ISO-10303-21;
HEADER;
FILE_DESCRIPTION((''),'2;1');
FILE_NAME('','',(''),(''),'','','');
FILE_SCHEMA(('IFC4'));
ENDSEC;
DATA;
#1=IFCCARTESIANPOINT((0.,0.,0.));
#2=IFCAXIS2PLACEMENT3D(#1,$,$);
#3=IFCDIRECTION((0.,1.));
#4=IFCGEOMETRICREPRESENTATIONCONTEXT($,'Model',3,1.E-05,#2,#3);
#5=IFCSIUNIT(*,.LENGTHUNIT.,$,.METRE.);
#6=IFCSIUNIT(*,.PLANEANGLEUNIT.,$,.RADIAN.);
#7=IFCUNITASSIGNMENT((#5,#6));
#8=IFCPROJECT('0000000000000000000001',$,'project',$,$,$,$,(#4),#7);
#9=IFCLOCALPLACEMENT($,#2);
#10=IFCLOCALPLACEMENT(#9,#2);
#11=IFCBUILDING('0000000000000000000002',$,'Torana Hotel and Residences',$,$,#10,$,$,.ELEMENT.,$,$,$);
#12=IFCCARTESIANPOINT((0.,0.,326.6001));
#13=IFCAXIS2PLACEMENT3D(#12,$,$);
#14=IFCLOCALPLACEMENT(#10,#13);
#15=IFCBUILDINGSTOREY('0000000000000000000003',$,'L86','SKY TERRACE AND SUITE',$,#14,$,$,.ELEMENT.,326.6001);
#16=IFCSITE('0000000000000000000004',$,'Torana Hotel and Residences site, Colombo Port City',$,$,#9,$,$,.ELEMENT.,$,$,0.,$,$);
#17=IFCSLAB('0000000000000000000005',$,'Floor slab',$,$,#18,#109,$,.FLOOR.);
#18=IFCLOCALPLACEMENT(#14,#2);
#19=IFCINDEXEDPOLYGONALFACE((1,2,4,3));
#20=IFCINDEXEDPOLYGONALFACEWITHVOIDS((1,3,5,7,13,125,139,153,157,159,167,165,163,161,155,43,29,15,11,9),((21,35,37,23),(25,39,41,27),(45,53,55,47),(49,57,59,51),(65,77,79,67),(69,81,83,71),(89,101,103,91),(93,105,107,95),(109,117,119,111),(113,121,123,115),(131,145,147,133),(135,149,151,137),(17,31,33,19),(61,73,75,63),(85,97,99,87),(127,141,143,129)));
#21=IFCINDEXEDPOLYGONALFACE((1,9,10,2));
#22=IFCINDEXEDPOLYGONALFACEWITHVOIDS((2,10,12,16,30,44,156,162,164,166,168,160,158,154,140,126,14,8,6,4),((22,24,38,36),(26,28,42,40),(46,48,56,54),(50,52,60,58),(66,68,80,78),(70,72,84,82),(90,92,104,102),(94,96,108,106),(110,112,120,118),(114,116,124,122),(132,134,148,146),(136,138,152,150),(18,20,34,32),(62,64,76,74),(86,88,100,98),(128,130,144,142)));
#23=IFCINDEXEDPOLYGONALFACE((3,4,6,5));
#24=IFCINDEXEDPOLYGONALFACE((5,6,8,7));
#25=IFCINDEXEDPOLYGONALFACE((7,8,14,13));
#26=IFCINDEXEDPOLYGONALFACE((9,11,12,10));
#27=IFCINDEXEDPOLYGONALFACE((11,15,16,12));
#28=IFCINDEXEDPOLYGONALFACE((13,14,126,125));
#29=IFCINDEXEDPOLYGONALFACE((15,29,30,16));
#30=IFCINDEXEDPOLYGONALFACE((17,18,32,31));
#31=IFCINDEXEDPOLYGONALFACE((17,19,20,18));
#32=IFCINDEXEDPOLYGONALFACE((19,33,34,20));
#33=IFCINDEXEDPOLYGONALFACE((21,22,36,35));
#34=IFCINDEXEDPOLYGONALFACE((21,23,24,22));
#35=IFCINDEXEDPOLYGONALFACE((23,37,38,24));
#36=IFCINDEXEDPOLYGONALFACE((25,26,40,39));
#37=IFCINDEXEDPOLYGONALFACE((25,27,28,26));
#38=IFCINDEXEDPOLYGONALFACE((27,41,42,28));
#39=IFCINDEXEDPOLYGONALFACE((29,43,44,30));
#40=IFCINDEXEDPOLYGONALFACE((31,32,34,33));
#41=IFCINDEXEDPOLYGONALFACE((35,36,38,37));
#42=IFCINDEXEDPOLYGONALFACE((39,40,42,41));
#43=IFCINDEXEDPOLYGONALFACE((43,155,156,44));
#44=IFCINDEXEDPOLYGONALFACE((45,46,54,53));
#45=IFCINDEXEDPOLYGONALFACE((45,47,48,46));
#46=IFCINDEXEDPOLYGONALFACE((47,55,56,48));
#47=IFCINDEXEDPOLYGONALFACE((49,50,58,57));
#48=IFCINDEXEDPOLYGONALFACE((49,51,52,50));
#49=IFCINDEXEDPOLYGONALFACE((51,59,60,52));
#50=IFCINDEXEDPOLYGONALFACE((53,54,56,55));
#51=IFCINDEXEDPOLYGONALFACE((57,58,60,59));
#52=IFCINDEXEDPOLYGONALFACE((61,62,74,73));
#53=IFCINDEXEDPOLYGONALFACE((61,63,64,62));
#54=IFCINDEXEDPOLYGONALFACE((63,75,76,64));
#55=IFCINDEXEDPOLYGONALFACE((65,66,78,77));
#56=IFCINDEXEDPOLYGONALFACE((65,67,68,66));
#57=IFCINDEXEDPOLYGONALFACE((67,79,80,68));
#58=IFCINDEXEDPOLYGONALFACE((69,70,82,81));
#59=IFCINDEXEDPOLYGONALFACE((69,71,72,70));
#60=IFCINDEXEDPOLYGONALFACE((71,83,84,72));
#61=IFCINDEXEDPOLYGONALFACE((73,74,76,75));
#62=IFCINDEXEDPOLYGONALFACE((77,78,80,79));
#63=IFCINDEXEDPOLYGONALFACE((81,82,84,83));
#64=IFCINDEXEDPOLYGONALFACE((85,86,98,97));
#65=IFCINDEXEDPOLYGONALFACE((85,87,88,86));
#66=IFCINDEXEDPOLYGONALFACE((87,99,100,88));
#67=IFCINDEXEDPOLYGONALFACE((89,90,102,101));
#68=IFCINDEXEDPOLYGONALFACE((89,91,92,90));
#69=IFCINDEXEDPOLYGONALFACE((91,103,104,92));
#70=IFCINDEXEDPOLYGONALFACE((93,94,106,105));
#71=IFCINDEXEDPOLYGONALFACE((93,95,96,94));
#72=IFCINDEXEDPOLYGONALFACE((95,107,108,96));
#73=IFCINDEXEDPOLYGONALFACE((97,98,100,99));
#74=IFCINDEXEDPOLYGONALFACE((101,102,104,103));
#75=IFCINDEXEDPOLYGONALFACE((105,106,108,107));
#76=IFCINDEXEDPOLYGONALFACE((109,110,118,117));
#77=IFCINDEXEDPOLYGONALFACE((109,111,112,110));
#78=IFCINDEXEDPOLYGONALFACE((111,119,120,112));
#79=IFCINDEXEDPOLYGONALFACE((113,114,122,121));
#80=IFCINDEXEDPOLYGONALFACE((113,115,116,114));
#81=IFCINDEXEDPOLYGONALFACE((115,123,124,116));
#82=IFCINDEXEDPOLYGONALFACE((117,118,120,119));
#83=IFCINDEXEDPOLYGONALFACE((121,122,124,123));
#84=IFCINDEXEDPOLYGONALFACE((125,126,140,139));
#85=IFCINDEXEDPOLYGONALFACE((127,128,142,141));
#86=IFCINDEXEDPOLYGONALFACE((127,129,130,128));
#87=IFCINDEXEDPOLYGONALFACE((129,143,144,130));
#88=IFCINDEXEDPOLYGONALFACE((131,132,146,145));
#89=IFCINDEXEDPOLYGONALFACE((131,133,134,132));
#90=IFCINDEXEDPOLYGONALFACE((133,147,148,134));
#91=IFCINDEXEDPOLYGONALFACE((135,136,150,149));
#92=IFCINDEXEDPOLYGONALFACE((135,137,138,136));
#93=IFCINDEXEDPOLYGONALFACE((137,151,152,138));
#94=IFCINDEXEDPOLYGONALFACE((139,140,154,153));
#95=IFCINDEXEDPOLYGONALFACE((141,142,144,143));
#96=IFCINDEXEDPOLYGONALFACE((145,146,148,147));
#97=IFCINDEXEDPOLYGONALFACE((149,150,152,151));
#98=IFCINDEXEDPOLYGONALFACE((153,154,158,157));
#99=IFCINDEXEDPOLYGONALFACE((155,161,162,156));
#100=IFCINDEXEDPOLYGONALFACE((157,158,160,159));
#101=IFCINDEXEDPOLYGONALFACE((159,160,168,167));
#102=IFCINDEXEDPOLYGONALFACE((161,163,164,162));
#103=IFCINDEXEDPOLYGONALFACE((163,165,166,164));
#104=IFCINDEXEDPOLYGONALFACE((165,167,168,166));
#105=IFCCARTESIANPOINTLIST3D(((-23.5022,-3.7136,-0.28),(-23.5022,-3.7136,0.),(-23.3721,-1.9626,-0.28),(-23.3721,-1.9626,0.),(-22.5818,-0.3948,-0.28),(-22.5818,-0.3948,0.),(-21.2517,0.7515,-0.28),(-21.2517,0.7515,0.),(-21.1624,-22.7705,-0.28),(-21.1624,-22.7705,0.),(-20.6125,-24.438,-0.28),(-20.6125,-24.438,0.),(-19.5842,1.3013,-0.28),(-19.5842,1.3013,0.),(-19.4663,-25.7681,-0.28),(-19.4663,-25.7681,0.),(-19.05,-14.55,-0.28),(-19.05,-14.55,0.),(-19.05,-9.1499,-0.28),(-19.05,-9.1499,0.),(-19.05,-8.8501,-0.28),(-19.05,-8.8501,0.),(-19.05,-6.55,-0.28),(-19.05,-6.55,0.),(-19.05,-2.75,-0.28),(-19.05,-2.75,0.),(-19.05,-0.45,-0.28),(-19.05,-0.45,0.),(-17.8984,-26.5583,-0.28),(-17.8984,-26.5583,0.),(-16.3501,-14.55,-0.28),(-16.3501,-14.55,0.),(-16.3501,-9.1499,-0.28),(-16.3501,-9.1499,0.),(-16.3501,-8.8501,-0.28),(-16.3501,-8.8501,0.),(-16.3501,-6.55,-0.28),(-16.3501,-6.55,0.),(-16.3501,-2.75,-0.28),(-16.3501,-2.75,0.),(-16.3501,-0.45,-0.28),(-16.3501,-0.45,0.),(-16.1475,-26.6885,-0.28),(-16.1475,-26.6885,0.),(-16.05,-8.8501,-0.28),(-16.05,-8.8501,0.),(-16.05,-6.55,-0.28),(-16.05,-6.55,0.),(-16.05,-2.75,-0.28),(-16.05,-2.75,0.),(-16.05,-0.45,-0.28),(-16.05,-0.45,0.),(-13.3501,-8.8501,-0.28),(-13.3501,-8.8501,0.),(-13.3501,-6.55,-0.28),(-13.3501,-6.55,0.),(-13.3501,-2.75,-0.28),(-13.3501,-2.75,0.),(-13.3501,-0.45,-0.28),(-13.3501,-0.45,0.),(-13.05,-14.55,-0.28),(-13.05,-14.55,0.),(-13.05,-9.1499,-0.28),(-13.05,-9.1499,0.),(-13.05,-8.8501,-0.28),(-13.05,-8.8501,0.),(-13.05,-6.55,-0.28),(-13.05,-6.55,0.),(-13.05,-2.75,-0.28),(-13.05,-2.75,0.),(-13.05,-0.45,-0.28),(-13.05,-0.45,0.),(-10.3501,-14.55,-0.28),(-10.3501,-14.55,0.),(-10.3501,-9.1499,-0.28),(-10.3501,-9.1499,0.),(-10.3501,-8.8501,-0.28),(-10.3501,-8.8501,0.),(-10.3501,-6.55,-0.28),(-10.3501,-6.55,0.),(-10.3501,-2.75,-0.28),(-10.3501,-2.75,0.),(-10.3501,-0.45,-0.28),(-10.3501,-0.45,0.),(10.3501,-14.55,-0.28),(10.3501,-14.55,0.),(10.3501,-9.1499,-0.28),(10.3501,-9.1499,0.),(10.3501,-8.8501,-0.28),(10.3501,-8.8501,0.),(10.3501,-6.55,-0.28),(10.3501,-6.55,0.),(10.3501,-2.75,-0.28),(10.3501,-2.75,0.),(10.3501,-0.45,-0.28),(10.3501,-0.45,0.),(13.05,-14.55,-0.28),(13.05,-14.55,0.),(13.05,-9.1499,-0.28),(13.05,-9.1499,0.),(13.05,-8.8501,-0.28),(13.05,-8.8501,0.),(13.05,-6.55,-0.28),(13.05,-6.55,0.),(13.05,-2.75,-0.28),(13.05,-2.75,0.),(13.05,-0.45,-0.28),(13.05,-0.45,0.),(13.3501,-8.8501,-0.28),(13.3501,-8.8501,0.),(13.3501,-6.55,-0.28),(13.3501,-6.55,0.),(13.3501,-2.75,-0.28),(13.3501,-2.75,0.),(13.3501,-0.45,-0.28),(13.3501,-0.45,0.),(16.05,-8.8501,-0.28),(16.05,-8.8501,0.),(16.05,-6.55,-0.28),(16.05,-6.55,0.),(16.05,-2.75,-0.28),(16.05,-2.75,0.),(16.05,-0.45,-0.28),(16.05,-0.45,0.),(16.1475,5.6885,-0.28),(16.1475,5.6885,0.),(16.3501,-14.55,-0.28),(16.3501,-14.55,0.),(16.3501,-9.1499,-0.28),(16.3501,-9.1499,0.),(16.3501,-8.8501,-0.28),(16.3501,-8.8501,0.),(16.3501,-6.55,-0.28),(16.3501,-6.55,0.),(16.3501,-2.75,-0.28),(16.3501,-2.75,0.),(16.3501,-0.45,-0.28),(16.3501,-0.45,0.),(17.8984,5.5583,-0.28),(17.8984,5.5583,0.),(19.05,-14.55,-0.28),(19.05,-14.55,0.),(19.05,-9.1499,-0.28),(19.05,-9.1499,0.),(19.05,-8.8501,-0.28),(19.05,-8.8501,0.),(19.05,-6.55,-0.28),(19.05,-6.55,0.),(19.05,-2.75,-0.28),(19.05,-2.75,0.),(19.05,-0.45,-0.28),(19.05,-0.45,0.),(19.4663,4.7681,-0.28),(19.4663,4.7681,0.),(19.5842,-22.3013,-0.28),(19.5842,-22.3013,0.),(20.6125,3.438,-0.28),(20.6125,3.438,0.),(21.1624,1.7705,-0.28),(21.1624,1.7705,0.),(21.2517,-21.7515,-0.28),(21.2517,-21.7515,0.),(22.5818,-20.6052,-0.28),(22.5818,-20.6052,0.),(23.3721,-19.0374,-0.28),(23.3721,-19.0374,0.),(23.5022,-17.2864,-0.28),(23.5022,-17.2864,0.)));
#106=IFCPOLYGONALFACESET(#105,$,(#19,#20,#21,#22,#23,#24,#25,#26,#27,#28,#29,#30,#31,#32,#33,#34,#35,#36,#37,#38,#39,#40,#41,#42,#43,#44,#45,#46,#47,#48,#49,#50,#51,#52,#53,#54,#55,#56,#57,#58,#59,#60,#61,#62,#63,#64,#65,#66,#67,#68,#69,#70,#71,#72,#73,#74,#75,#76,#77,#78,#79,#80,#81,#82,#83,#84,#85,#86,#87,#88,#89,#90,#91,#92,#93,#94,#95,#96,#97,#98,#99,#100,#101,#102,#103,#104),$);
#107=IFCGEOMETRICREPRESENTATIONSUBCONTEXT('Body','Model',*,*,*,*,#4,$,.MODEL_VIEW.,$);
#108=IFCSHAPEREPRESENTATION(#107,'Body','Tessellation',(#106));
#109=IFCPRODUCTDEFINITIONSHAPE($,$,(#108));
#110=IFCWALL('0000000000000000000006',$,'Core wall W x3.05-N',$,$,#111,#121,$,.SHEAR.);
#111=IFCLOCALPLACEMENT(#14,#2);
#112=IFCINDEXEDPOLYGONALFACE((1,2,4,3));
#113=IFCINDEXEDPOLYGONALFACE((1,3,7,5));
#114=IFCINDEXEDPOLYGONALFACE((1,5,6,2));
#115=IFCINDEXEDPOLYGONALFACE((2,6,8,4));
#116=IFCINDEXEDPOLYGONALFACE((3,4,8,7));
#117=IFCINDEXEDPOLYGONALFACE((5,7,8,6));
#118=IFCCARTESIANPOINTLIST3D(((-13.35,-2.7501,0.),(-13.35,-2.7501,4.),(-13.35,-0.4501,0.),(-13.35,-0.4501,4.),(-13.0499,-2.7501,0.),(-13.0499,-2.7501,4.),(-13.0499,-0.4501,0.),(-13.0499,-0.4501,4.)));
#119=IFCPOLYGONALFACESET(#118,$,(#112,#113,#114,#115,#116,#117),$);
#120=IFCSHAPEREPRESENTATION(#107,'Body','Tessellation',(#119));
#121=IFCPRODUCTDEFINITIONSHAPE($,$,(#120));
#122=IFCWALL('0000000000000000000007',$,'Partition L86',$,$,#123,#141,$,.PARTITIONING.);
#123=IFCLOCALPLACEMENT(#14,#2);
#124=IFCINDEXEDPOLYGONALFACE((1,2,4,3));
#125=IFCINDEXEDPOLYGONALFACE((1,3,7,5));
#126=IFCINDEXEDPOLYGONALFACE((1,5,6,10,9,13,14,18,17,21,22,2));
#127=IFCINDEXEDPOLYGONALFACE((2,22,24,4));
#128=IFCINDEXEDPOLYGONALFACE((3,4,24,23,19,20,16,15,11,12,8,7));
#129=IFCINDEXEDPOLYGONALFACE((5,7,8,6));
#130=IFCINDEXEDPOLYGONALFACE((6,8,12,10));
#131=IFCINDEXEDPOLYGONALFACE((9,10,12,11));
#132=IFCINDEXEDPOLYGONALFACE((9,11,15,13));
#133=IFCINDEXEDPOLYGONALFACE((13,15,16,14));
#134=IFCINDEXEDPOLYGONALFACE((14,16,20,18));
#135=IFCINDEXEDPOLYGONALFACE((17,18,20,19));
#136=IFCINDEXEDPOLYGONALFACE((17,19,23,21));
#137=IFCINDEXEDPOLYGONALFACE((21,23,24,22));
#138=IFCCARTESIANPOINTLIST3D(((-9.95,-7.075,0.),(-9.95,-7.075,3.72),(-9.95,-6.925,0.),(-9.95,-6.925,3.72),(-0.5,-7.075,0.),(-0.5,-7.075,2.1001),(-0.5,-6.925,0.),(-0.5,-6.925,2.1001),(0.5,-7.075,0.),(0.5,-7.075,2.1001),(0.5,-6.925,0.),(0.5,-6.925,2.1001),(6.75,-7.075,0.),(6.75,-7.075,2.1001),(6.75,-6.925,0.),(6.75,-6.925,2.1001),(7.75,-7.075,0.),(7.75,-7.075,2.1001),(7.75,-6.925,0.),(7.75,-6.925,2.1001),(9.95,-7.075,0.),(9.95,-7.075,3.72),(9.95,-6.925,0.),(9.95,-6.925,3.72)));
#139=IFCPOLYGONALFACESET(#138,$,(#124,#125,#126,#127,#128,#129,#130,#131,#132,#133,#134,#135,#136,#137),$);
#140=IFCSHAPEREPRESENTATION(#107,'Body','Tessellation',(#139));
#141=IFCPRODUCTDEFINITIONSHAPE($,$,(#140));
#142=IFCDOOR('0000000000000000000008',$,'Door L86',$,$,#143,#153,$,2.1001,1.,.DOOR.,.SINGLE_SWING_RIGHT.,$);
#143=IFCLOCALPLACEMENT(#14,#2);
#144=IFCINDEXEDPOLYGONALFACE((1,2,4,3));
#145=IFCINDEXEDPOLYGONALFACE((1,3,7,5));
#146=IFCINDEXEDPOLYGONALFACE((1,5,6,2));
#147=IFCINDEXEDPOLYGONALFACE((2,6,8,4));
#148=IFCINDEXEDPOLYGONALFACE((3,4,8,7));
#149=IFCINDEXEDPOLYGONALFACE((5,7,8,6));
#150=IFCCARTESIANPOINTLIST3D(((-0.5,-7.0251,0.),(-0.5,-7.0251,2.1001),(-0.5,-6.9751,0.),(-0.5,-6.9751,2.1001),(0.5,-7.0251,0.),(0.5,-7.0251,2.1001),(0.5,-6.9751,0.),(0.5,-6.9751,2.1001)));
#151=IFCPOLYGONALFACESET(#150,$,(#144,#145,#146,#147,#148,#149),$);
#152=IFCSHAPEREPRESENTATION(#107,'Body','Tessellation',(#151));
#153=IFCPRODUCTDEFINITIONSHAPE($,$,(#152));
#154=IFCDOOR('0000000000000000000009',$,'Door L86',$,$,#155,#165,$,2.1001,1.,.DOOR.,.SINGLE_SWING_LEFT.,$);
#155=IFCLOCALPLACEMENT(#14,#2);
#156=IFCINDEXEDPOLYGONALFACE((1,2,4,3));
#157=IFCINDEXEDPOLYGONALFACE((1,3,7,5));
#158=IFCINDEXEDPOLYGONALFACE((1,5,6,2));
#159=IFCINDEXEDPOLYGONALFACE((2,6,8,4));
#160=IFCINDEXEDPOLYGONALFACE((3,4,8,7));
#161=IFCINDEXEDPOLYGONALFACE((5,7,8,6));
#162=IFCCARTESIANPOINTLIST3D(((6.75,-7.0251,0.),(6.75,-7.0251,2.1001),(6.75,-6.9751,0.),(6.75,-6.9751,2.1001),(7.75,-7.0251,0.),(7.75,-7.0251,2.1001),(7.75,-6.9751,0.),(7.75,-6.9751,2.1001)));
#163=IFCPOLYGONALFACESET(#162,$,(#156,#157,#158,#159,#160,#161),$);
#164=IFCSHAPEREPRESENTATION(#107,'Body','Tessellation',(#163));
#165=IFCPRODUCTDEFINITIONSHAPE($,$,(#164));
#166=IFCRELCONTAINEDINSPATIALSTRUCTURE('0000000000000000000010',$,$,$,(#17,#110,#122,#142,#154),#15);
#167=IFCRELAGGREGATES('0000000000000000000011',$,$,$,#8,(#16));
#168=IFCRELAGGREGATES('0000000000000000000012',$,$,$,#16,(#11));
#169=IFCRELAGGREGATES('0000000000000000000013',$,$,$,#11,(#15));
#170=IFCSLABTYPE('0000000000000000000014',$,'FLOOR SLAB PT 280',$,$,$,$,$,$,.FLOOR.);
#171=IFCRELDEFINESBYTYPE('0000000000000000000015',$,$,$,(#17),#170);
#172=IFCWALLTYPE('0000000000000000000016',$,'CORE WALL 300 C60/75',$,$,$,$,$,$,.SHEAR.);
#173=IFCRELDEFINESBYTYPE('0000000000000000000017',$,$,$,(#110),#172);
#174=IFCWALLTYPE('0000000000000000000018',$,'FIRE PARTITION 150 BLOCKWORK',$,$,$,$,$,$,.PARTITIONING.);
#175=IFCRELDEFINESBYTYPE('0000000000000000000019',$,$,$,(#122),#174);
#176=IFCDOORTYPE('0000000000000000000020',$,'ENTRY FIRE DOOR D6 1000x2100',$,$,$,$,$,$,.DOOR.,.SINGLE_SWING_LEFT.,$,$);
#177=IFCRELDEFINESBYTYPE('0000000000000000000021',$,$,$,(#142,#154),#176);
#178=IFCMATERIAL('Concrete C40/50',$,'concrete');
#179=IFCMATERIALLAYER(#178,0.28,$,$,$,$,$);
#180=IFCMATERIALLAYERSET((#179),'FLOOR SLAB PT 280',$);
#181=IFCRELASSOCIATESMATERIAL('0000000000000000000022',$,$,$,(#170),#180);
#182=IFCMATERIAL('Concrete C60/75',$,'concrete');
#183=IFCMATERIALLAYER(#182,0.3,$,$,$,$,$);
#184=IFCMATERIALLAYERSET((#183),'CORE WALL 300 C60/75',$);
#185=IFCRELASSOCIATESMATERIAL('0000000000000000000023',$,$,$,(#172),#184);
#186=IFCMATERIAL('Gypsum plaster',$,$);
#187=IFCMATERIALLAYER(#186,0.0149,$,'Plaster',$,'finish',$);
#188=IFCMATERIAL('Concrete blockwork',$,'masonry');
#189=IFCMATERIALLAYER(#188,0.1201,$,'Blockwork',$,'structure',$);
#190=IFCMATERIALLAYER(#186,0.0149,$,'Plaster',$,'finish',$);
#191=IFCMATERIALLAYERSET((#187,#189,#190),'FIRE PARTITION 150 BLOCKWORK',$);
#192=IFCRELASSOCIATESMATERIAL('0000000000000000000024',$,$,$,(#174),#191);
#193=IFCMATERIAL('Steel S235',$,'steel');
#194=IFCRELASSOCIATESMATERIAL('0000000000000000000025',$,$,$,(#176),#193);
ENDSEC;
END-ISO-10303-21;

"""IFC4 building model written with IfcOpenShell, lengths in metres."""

from ifc_helpers import new_model, si_unit, direction, frame, frame_2d, origin, place, context, subcontext, project, spatial, polyline, rectangle, outline, extrude, material, layer, layer_set, type_object, element, fill, save


model = new_model("IFC4")

# Units and contexts
model_context = context("Model", 3, precision=1e-05, world=origin(), true_north=direction((0.0, 1.0)))
body_context = subcontext(model_context, "Body", "Model", "MODEL_VIEW")
ifc_project = project(units=[si_unit("LENGTHUNIT", "METRE"), si_unit("PLANEANGLEUNIT", "RADIAN")], contexts=[model_context])

# Site, building, storey
site_placement = place(None, origin())
site = spatial("IfcSite", under=ifc_project, at=site_placement, Name="Torana Hotel and Residences site, Colombo Port City", CompositionType="ELEMENT", RefElevation=0.0)
building_placement = place(site_placement, origin())
building = spatial("IfcBuilding", under=site, at=building_placement, Name="Torana Hotel and Residences", CompositionType="ELEMENT")
storey_placement = place(building_placement, frame((0.0, 0.0, 326.6001)))
storey = spatial("IfcBuildingStorey", under=building, at=storey_placement, Name="L86", Description="SKY TERRACE AND SUITE", CompositionType="ELEMENT", Elevation=326.6001)

# Slab
ifc_material_1 = material(Name="Concrete C40/50", Category="concrete")
ifc_layer_1 = layer(ifc_material_1, 0.28)
ifc_layer_set_1 = layer_set([ifc_layer_1], Name="FLOOR SLAB PT 280")
slab_type_1 = type_object("IfcSlabType", Name="FLOOR SLAB PT 280", PredefinedType="FLOOR", material=ifc_layer_set_1)
slab_1_placement = place(storey_placement, frame((0.0, 0.0, -0.28)))
element("IfcSlab", 1, at=slab_1_placement, inside=storey, type_object=slab_type_1, Name="Floor slab", PredefinedType="FLOOR", context=body_context, shape_type="SweptSolid", body=[
    extrude(outline(polyline([(21.1624, 1.7705), (20.6125, 3.438), (19.4663, 4.7681), (17.8984, 5.5583), (16.1475, 5.6885), (-19.5842, 1.3013), (-21.2517, 0.7515), (-22.5818, -0.3948), (-23.3721, -1.9626), (-23.5022, -3.7136), (-21.1624, -22.7705), (-20.6125, -24.438), (-19.4663, -25.7681), (-17.8984, -26.5583), (-16.1475, -26.6885), (19.5842, -22.3013), (21.2517, -21.7515), (22.5818, -20.6052), (23.3721, -19.0374), (23.5022, -17.2864), (21.1624, 1.7705)]), holes=[polyline([(-13.05, -14.55), (-10.3501, -14.55), (-10.3501, -9.1499), (-13.05, -9.1499), (-13.05, -14.55)]), polyline([(-19.05, -14.55), (-16.3501, -14.55), (-16.3501, -9.1499), (-19.05, -9.1499), (-19.05, -14.55)]), polyline([(-19.05, -2.75), (-16.3501, -2.75), (-16.3501, -0.45), (-19.05, -0.45), (-19.05, -2.75)]), polyline([(-13.05, -2.75), (-10.3501, -2.75), (-10.3501, -0.45), (-13.05, -0.45), (-13.05, -2.75)]), polyline([(-16.05, -2.75), (-13.3501, -2.75), (-13.3501, -0.45), (-16.05, -0.45), (-16.05, -2.75)]), polyline([(-13.05, -8.8501), (-10.3501, -8.8501), (-10.3501, -6.55), (-13.05, -6.55), (-13.05, -8.8501)]), polyline([(-16.05, -8.8501), (-13.3501, -8.8501), (-13.3501, -6.55), (-16.05, -6.55), (-16.05, -8.8501)]), polyline([(-19.05, -8.8501), (-16.3501, -8.8501), (-16.3501, -6.55), (-19.05, -6.55), (-19.05, -8.8501)]), polyline([(10.3501, -14.55), (13.05, -14.55), (13.05, -9.1499), (10.3501, -9.1499), (10.3501, -14.55)]), polyline([(16.3501, -14.55), (19.05, -14.55), (19.05, -9.1499), (16.3501, -9.1499), (16.3501, -14.55)]), polyline([(16.3501, -2.75), (19.05, -2.75), (19.05, -0.45), (16.3501, -0.45), (16.3501, -2.75)]), polyline([(10.3501, -2.75), (13.05, -2.75), (13.05, -0.45), (10.3501, -0.45), (10.3501, -2.75)]), polyline([(13.3501, -2.75), (16.05, -2.75), (16.05, -0.45), (13.3501, -0.45), (13.3501, -2.75)]), polyline([(10.3501, -8.8501), (13.05, -8.8501), (13.05, -6.55), (10.3501, -6.55), (10.3501, -8.8501)]), polyline([(13.3501, -8.8501), (16.05, -8.8501), (16.05, -6.55), (13.3501, -6.55), (13.3501, -8.8501)]), polyline([(16.3501, -8.8501), (19.05, -8.8501), (19.05, -6.55), (16.3501, -6.55), (16.3501, -8.8501)])]), origin(), (0.0, 0.0, 1.0), 0.28),
])

# Wall
ifc_material_2 = material(Name="Concrete C60/75", Category="concrete")
ifc_layer_2 = layer(ifc_material_2, 0.3)
ifc_layer_set_2 = layer_set([ifc_layer_2], Name="CORE WALL 300 C60/75")
wall_type_1 = type_object("IfcWallType", Name="CORE WALL 300 C60/75", PredefinedType="SHEAR", material=ifc_layer_set_2)
wall_1_placement = place(storey_placement, frame((-13.2, -2.75, 0.0), z_axis=(0.0, 0.0, 1.0), x_axis=(0.0, 1.0, 0.0)))
element("IfcWall", 2, at=wall_1_placement, inside=storey, type_object=wall_type_1, Name="Core wall W x3.05-N", PredefinedType="SHEAR", context=body_context, shape_type="SweptSolid", body=[
    extrude(rectangle(XDim=2.3, YDim=0.3, at=frame_2d((1.1499, 0.0))), origin(), (0.0, 0.0, 1.0), 4.0),
])

# Wall, openings, doors
ifc_material_3 = material(Name="Gypsum plaster")
ifc_layer_3 = layer(ifc_material_3, 0.0149, Name="Plaster", Category="finish")
ifc_material_4 = material(Name="Concrete blockwork", Category="masonry")
ifc_layer_4 = layer(ifc_material_4, 0.1201, Name="Blockwork", Category="structure")
ifc_layer_5 = layer(ifc_material_3, 0.0149, Name="Plaster", Category="finish")
ifc_layer_set_3 = layer_set([ifc_layer_3, ifc_layer_4, ifc_layer_5], Name="FIRE PARTITION 150 BLOCKWORK")
wall_type_2 = type_object("IfcWallType", Name="FIRE PARTITION 150 BLOCKWORK", PredefinedType="PARTITIONING", material=ifc_layer_set_3)
wall_2_placement = place(storey_placement, frame((-9.95, -7.0, 0.0), z_axis=(0.0, 0.0, 1.0), x_axis=(1.0, 0.0, 0.0)))
wall_2 = element("IfcWall", 3, at=wall_2_placement, inside=storey, type_object=wall_type_2, Name="Partition L86", PredefinedType="PARTITIONING", context=body_context, shape_type="SweptSolid", body=[
    extrude(rectangle(XDim=19.8999, YDim=0.1499, at=frame_2d((9.95, 0.0))), origin(), (0.0, 0.0, 1.0), 3.72),
])
opening_1_placement = place(wall_2_placement, frame((9.45, 0.0, 0.0)))
opening_1 = element("IfcOpeningElement", 4, at=opening_1_placement, cuts=wall_2, PredefinedType="OPENING", context=body_context, shape_type="SweptSolid", body=[
    extrude(rectangle(XDim=1.0, YDim=2.1001, at=frame_2d((0.5, 1.05))), frame((0.0, 0.085, 0.0), z_axis=(0.0, -1.0, 0.0), x_axis=(1.0, 0.0, 0.0)), (0.0, 0.0, 1.0), 0.1699),
])
opening_2_placement = place(wall_2_placement, frame((16.7, 0.0, 0.0)))
opening_2 = element("IfcOpeningElement", 5, at=opening_2_placement, cuts=wall_2, PredefinedType="OPENING", context=body_context, shape_type="SweptSolid", body=[
    extrude(rectangle(XDim=1.0, YDim=2.1001, at=frame_2d((0.5, 1.05))), frame((0.0, 0.085, 0.0), z_axis=(0.0, -1.0, 0.0), x_axis=(1.0, 0.0, 0.0)), (0.0, 0.0, 1.0), 0.1699),
])
ifc_material_5 = material(Name="Steel S235", Category="steel")
door_type = type_object("IfcDoorType", Name="ENTRY FIRE DOOR D6 1000x2100", OperationType="SINGLE_SWING_LEFT", PredefinedType="DOOR", material=ifc_material_5)
door_1_placement = place(opening_1_placement, origin())
door_1 = element("IfcDoor", 6, at=door_1_placement, inside=storey, type_object=door_type, Name="Door L86", OperationType="SINGLE_SWING_RIGHT", OverallHeight=2.1001, OverallWidth=1.0, PredefinedType="DOOR", context=body_context, shape_type="SweptSolid", body=[
    extrude(rectangle(XDim=1.0, YDim=2.1001, at=frame_2d((0.5, 1.05))), frame((0.0, 0.0249, 0.0), z_axis=(0.0, -1.0, 0.0), x_axis=(1.0, 0.0, 0.0)), (0.0, 0.0, 1.0), 0.05),
])
fill(opening_1, door_1)
door_2_placement = place(opening_2_placement, frame((0.5, 0.0, 0.0), z_axis=(0.0, 0.0, 1.0), x_axis=(-1.0, 0.0, 0.0)))
door_2 = element("IfcDoor", 7, at=door_2_placement, inside=storey, type_object=door_type, Name="Door L86", OperationType="SINGLE_SWING_LEFT", OverallHeight=2.1001, OverallWidth=1.0, PredefinedType="DOOR", context=body_context, shape_type="SweptSolid", body=[
    extrude(rectangle(XDim=1.0, YDim=2.1001, at=frame_2d((0.0, 1.05))), frame((0.0, -0.0249, 0.0), z_axis=(0.0, 1.0, 0.0), x_axis=(-1.0, 0.0, 0.0)), (0.0, 0.0, 1.0), 0.05),
])
fill(opening_2, door_2)

save(model, "model.ifc")
